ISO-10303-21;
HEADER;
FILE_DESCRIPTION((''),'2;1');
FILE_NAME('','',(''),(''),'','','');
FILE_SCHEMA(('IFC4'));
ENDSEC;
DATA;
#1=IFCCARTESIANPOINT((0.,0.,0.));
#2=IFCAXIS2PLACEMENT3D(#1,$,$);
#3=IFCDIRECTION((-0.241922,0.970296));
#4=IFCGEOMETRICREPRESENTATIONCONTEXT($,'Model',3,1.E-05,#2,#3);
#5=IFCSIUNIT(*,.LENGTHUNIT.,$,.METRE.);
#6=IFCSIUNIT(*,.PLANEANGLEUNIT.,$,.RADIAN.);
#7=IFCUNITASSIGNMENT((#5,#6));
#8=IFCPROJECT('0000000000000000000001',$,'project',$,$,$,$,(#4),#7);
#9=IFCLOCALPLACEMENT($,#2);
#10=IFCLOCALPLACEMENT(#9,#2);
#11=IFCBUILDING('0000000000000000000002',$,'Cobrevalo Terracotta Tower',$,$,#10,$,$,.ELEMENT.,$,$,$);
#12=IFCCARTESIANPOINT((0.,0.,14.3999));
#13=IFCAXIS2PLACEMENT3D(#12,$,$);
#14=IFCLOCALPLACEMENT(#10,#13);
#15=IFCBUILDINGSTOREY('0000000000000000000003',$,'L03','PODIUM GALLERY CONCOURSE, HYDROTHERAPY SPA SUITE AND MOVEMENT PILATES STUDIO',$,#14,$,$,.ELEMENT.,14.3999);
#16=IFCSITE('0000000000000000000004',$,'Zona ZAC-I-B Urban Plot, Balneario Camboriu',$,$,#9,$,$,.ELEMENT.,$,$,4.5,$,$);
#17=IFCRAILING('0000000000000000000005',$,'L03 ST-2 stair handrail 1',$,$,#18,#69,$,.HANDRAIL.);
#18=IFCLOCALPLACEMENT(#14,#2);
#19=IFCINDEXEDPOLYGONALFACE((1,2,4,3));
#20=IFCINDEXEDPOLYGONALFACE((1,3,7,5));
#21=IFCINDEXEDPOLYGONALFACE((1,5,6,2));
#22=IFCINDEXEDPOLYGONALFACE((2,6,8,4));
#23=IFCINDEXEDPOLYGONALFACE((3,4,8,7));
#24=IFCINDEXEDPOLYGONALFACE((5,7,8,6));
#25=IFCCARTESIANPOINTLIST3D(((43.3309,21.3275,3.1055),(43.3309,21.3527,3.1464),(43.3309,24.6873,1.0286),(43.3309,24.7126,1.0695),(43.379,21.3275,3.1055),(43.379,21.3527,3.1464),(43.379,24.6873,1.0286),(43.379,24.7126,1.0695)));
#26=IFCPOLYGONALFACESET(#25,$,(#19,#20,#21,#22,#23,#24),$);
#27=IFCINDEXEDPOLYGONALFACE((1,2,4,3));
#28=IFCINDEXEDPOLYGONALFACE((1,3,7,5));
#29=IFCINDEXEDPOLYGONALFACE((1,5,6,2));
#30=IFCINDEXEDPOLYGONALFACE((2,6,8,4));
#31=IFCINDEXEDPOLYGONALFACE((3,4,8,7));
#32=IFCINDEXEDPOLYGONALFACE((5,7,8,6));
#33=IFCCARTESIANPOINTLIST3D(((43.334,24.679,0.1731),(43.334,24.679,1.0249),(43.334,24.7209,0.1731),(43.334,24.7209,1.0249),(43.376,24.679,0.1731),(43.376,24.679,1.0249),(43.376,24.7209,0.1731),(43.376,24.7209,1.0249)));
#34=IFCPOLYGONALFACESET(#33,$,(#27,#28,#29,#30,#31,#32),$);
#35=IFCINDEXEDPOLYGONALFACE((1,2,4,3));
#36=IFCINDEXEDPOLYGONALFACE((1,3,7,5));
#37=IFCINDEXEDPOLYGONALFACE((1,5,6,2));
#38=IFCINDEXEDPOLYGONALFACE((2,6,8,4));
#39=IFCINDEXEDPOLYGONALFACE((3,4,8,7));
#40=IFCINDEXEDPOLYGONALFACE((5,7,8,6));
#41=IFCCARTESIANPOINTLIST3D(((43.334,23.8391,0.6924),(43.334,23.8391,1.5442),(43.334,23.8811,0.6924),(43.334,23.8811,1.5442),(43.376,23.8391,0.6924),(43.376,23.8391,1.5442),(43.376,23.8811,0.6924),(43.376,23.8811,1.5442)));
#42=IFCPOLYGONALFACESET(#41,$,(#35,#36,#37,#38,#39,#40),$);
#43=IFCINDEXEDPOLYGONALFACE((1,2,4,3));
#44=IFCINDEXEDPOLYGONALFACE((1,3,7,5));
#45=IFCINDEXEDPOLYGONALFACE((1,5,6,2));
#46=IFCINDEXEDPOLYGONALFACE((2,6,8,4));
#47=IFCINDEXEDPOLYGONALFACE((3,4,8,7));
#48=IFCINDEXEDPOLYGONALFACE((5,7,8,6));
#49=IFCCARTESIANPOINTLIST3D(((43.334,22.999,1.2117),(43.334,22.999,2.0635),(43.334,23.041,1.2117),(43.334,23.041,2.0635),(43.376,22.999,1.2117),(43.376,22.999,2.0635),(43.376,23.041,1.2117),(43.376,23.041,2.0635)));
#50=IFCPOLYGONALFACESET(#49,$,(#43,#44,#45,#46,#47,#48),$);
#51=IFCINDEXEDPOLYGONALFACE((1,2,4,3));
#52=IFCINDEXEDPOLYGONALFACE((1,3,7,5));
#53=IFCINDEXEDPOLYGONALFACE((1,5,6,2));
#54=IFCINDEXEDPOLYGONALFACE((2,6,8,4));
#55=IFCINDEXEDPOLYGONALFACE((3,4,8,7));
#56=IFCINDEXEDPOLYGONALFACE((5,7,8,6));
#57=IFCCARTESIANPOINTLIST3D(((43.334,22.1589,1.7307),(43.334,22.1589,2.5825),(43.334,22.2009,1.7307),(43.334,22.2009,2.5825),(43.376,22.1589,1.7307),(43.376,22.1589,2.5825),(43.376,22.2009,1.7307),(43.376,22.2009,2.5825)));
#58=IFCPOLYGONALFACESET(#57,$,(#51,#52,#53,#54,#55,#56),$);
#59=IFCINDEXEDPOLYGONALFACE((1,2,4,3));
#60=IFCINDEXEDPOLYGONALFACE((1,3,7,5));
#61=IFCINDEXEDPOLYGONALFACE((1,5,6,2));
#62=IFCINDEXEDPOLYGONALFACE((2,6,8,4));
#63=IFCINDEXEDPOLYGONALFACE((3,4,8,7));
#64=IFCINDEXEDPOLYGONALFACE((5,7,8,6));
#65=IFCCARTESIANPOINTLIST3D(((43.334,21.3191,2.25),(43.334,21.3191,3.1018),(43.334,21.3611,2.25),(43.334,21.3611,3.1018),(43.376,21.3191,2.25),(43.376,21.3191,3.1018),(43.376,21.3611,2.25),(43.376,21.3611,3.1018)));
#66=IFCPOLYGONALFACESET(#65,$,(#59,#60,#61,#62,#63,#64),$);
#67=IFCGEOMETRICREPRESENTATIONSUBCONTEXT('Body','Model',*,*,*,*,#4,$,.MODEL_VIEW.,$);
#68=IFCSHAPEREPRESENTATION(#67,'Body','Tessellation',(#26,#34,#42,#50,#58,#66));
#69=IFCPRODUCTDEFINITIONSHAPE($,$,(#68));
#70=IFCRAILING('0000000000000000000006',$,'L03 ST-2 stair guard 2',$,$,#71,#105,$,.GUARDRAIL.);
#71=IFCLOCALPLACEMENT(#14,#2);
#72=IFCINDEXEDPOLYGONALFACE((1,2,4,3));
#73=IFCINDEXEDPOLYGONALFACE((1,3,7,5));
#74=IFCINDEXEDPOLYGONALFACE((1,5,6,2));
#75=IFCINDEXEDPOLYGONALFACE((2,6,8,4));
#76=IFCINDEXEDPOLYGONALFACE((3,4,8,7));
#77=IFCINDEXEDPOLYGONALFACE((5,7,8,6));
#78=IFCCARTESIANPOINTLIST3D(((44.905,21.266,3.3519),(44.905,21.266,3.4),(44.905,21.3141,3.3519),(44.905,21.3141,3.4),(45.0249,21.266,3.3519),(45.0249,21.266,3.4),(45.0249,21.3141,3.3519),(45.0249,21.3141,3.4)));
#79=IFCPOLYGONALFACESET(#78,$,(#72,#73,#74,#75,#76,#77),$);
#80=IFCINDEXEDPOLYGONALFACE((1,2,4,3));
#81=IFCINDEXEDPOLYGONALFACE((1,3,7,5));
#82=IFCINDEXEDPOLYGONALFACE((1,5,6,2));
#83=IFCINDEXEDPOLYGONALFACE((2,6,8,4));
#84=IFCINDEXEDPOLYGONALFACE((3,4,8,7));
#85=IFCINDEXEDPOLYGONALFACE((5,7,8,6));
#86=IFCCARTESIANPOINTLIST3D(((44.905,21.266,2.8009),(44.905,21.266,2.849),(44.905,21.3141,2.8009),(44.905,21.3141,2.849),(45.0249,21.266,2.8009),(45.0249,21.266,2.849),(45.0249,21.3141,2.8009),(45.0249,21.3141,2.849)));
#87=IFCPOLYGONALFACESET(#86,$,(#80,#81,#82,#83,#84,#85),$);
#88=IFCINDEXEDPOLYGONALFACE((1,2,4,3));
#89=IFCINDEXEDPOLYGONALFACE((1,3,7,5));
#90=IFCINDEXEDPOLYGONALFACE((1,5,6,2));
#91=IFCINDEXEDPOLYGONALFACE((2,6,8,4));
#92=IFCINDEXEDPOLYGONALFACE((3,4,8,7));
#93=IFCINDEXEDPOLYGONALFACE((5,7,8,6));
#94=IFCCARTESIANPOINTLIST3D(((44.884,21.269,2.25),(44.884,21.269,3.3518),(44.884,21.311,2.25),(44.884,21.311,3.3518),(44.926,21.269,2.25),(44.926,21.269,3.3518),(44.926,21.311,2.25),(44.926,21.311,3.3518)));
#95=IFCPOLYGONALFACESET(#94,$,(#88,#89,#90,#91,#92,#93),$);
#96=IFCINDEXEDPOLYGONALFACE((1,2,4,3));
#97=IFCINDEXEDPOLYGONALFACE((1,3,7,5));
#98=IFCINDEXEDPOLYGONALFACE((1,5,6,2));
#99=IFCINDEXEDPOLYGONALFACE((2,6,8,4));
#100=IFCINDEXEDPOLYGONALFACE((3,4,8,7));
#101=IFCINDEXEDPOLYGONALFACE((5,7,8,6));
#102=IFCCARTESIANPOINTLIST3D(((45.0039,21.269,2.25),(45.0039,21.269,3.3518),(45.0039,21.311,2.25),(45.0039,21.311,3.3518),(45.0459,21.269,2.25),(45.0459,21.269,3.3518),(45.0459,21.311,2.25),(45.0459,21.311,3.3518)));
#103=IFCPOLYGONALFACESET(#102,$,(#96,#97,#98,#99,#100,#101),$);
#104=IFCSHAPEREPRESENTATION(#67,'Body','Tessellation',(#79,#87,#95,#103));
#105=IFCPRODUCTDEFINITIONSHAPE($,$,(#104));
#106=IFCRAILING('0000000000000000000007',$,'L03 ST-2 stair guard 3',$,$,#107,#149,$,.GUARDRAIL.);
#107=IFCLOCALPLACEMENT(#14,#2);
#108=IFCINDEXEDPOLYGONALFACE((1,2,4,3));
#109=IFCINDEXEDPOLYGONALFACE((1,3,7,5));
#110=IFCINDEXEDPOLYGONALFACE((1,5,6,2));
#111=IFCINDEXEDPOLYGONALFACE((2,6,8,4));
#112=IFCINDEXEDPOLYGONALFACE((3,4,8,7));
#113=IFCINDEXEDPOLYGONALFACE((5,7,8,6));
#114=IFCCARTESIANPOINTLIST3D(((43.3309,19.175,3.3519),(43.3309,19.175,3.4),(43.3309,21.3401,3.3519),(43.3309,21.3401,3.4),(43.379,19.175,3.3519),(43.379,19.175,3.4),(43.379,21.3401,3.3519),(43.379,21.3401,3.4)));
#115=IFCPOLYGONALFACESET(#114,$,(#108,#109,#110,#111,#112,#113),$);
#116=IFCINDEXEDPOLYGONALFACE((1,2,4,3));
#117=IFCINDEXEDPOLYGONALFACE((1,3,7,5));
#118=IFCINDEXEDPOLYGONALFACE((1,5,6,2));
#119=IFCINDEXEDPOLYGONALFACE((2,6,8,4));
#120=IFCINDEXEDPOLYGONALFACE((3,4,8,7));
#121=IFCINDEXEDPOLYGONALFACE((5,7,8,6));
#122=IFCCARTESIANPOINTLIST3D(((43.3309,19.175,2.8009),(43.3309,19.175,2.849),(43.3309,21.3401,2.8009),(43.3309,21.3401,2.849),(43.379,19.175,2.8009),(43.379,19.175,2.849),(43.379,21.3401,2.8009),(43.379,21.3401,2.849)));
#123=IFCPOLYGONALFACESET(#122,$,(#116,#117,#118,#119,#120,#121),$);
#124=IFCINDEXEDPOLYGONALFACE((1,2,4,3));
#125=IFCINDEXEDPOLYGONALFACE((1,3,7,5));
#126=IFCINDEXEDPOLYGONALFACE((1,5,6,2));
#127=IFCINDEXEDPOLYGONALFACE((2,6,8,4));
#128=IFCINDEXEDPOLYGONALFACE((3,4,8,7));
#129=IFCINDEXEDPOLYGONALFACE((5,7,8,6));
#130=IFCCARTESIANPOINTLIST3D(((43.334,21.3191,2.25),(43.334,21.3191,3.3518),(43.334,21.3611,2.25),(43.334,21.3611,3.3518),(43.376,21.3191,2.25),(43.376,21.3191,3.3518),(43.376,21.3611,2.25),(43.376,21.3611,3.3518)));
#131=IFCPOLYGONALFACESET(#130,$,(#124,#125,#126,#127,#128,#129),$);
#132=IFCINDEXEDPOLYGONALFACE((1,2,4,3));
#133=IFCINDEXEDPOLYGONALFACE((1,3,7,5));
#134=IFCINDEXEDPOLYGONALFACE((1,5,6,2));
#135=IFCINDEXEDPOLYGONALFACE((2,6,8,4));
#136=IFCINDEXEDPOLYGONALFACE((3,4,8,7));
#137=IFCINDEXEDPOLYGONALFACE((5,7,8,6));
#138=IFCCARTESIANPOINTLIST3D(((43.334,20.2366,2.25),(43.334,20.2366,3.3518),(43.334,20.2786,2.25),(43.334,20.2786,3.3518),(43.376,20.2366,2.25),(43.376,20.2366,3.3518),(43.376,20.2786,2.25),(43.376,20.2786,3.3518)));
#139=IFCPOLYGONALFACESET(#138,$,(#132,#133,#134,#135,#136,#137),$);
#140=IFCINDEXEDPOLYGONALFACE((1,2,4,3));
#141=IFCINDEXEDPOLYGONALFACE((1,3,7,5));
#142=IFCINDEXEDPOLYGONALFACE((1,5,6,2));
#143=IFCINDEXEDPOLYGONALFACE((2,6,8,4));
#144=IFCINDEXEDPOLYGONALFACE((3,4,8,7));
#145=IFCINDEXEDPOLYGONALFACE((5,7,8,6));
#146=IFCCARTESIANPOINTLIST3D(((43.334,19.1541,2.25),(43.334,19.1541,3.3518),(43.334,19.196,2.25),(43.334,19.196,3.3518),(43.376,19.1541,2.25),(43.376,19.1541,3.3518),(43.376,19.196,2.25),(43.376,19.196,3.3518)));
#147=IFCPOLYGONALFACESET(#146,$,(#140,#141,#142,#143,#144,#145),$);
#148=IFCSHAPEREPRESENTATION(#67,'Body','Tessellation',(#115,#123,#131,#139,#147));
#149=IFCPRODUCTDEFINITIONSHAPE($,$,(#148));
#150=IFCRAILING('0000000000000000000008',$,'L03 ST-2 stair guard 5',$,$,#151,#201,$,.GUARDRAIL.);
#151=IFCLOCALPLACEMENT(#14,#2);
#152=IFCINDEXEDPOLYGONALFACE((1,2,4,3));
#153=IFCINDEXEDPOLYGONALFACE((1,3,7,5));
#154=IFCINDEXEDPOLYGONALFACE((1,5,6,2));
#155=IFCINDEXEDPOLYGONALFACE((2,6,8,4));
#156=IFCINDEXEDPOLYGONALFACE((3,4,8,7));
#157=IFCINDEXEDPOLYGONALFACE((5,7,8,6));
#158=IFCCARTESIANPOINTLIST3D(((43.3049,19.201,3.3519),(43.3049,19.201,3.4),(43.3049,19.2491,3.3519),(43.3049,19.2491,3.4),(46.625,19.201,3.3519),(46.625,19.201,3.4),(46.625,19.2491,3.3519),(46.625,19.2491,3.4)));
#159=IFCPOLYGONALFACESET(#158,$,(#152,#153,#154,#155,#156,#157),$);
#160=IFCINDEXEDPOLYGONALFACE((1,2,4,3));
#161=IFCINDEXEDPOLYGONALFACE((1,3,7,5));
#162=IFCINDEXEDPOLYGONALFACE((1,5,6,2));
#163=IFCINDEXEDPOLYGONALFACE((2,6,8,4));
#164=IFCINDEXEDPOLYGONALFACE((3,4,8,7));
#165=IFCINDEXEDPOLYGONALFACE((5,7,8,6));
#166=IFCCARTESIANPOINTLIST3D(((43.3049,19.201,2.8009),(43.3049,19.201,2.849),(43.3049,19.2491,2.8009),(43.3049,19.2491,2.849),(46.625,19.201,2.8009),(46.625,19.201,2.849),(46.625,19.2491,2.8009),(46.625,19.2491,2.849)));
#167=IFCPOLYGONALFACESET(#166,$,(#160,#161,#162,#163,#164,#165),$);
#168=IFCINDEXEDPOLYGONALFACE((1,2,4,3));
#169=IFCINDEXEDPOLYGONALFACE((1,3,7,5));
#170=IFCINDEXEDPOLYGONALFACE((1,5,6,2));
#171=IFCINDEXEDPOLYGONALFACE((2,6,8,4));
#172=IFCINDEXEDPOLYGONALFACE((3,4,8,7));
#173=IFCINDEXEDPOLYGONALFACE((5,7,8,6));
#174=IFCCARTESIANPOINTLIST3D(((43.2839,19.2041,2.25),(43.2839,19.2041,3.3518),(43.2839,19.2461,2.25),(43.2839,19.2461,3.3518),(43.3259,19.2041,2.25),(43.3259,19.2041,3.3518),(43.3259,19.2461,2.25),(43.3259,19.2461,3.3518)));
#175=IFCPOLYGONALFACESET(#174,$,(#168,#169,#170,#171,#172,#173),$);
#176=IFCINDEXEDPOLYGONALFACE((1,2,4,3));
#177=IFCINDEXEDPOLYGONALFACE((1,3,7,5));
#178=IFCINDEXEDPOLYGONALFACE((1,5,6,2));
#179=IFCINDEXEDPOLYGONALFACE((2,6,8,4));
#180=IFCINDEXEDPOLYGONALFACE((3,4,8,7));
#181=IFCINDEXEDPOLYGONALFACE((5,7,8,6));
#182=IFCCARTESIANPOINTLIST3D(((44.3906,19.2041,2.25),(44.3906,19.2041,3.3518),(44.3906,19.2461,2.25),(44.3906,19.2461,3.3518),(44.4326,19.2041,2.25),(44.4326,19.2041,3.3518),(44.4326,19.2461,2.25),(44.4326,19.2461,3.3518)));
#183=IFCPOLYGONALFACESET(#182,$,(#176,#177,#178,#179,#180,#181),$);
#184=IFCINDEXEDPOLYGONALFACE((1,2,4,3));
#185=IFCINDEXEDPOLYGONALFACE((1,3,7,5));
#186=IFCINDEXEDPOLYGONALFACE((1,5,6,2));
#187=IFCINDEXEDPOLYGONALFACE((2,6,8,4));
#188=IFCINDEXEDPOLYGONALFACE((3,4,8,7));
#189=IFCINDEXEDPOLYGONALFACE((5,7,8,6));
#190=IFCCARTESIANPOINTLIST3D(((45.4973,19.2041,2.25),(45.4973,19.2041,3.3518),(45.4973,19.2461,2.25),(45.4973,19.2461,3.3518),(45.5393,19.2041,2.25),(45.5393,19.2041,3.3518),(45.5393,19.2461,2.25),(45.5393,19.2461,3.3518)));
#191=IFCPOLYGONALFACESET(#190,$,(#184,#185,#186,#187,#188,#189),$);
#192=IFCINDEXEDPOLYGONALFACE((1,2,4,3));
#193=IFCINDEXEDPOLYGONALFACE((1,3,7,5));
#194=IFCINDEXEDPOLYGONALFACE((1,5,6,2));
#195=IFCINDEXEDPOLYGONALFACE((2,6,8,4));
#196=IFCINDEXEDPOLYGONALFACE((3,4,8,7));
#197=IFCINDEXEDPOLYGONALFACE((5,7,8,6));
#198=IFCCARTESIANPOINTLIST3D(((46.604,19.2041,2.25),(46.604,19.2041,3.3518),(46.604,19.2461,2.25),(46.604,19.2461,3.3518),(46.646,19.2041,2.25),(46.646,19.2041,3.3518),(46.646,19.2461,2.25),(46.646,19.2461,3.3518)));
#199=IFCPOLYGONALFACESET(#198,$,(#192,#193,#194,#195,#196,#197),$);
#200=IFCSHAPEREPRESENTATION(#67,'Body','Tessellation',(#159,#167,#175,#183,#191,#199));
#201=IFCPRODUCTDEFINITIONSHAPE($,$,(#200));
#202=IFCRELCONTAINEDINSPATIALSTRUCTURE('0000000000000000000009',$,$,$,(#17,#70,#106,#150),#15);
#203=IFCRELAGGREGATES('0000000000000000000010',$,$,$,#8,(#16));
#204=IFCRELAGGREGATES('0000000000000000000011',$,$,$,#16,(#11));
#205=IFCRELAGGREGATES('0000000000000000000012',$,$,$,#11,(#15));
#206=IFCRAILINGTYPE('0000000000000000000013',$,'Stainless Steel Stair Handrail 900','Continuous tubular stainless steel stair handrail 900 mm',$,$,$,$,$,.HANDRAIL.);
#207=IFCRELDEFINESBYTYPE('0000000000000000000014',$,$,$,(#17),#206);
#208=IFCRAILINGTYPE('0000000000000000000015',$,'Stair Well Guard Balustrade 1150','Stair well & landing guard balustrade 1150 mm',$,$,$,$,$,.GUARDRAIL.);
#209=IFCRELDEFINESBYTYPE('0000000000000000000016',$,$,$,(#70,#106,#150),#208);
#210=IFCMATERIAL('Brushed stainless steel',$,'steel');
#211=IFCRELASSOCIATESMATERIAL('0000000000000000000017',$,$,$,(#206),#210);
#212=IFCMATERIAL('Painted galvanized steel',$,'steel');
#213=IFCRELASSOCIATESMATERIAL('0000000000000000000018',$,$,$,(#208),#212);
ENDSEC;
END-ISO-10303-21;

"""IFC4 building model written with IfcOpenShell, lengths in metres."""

from ifc_helpers import new_model, si_unit, direction, frame, origin, origin_2d, place, context, subcontext, project, spatial, rectangle, extrude, material, type_object, element, save


model = new_model("IFC4")

# Units and contexts
model_context = context("Model", 3, precision=1e-05, world=origin(), true_north=direction((-0.241922, 0.970296)))
body_context = subcontext(model_context, "Body", "Model", "MODEL_VIEW")
ifc_project = project(units=[si_unit("LENGTHUNIT", "METRE"), si_unit("PLANEANGLEUNIT", "RADIAN")], contexts=[model_context])

# Site, building, storey
site_placement = place(None, origin())
site = spatial("IfcSite", under=ifc_project, at=site_placement, Name="Zona ZAC-I-B Urban Plot, Balneario Camboriu", CompositionType="ELEMENT", RefElevation=4.5)
building_placement = place(site_placement, origin())
building = spatial("IfcBuilding", under=site, at=building_placement, Name="Cobrevalo Terracotta Tower", CompositionType="ELEMENT")
storey_placement = place(building_placement, frame((0.0, 0.0, 14.3999)))
storey = spatial("IfcBuildingStorey", under=building, at=storey_placement, Name="L03", Description="PODIUM GALLERY CONCOURSE, HYDROTHERAPY SPA SUITE AND MOVEMENT PILATES STUDIO", CompositionType="ELEMENT", Elevation=14.3999)

# Railings
ifc_material_1 = material(Name="Brushed stainless steel", Category="steel")
railing_type_1 = type_object("IfcRailingType", Name="Stainless Steel Stair Handrail 900", Description="Continuous tubular stainless steel stair handrail 900 mm", PredefinedType="HANDRAIL", material=ifc_material_1)
railing_1_placement = place(storey_placement, frame((43.355, 24.7, 0.1731)))
element("IfcRailing", 1, at=railing_1_placement, inside=storey, type_object=railing_type_1, Name="L03 ST-2 stair handrail 1", PredefinedType="HANDRAIL", context=body_context, shape_type="SweptSolid", body=[
    extrude(rectangle(XDim=0.0481, YDim=0.0481, at=origin_2d()), frame((0.0, 0.0, 0.876), z_axis=(0.0, -0.850606, 0.525803), x_axis=(1.0, 0.0, 0.0)), (0.0, 0.0, 1.0), 3.95),
    extrude(rectangle(XDim=0.042, YDim=0.042, at=origin_2d()), origin(), (0.0, 0.0, 1.0), 0.8518),
    extrude(rectangle(XDim=0.042, YDim=0.042, at=origin_2d()), frame((0.0, -0.8398, 0.5193)), (0.0, 0.0, 1.0), 0.8518),
    extrude(rectangle(XDim=0.042, YDim=0.042, at=origin_2d()), frame((0.0, -1.6799, 1.0386)), (0.0, 0.0, 1.0), 0.8518),
    extrude(rectangle(XDim=0.042, YDim=0.042, at=origin_2d()), frame((0.0, -2.52, 1.5576)), (0.0, 0.0, 1.0), 0.8518),
    extrude(rectangle(XDim=0.042, YDim=0.042, at=origin_2d()), frame((0.0, -3.3599, 2.0769)), (0.0, 0.0, 1.0), 0.8518),
])
ifc_material_2 = material(Name="Painted galvanized steel", Category="steel")
railing_type_2 = type_object("IfcRailingType", Name="Stair Well Guard Balustrade 1150", Description="Stair well & landing guard balustrade 1150 mm", PredefinedType="GUARDRAIL", material=ifc_material_2)
railing_2_placement = place(storey_placement, frame((44.905, 21.29, 2.25)))
element("IfcRailing", 2, at=railing_2_placement, inside=storey, type_object=railing_type_2, Name="L03 ST-2 stair guard 2", PredefinedType="GUARDRAIL", context=body_context, shape_type="SweptSolid", body=[
    extrude(rectangle(XDim=0.0481, YDim=0.0481, at=origin_2d()), frame((0.0, 0.0, 1.126), z_axis=(1.0, 0.0, 0.0), x_axis=(0.0, 1.0, 0.0)), (0.0, 0.0, 1.0), 0.1199),
    extrude(rectangle(XDim=0.0481, YDim=0.0481, at=origin_2d()), frame((0.0, 0.0, 0.575), z_axis=(1.0, 0.0, 0.0), x_axis=(0.0, 1.0, 0.0)), (0.0, 0.0, 1.0), 0.1199),
    extrude(rectangle(XDim=0.042, YDim=0.042, at=origin_2d()), origin(), (0.0, 0.0, 1.0), 1.1018),
    extrude(rectangle(XDim=0.042, YDim=0.042, at=origin_2d()), frame((0.1199, 0.0, 0.0)), (0.0, 0.0, 1.0), 1.1018),
])
railing_3_placement = place(storey_placement, frame((43.355, 21.3401, 2.25)))
element("IfcRailing", 3, at=railing_3_placement, inside=storey, type_object=railing_type_2, Name="L03 ST-2 stair guard 3", PredefinedType="GUARDRAIL", context=body_context, shape_type="SweptSolid", body=[
    extrude(rectangle(XDim=0.0481, YDim=0.0481, at=origin_2d()), frame((0.0, 0.0, 1.126), z_axis=(0.0, -1.0, 0.0), x_axis=(1.0, 0.0, 0.0)), (0.0, 0.0, 1.0), 2.165),
    extrude(rectangle(XDim=0.0481, YDim=0.0481, at=origin_2d()), frame((0.0, 0.0, 0.575), z_axis=(0.0, -1.0, 0.0), x_axis=(1.0, 0.0, 0.0)), (0.0, 0.0, 1.0), 2.165),
    extrude(rectangle(XDim=0.042, YDim=0.042, at=origin_2d()), origin(), (0.0, 0.0, 1.0), 1.1018),
    extrude(rectangle(XDim=0.042, YDim=0.042, at=origin_2d()), frame((0.0, -1.0825, 0.0)), (0.0, 0.0, 1.0), 1.1018),
    extrude(rectangle(XDim=0.042, YDim=0.042, at=origin_2d()), frame((0.0, -2.165, 0.0)), (0.0, 0.0, 1.0), 1.1018),
])
railing_4_placement = place(storey_placement, frame((43.3049, 19.2251, 2.25)))
element("IfcRailing", 4, at=railing_4_placement, inside=storey, type_object=railing_type_2, Name="L03 ST-2 stair guard 5", PredefinedType="GUARDRAIL", context=body_context, shape_type="SweptSolid", body=[
    extrude(rectangle(XDim=0.0481, YDim=0.0481, at=origin_2d()), frame((0.0, 0.0, 1.126), z_axis=(1.0, 0.0, 0.0), x_axis=(0.0, 1.0, 0.0)), (0.0, 0.0, 1.0), 3.3201),
    extrude(rectangle(XDim=0.0481, YDim=0.0481, at=origin_2d()), frame((0.0, 0.0, 0.575), z_axis=(1.0, 0.0, 0.0), x_axis=(0.0, 1.0, 0.0)), (0.0, 0.0, 1.0), 3.3201),
    extrude(rectangle(XDim=0.042, YDim=0.042, at=origin_2d()), origin(), (0.0, 0.0, 1.0), 1.1018),
    extrude(rectangle(XDim=0.042, YDim=0.042, at=origin_2d()), frame((1.1067, 0.0, 0.0)), (0.0, 0.0, 1.0), 1.1018),
    extrude(rectangle(XDim=0.042, YDim=0.042, at=origin_2d()), frame((2.2134, 0.0, 0.0)), (0.0, 0.0, 1.0), 1.1018),
    extrude(rectangle(XDim=0.042, YDim=0.042, at=origin_2d()), frame((3.3201, 0.0, 0.0)), (0.0, 0.0, 1.0), 1.1018),
])

save(model, "model.ifc")
